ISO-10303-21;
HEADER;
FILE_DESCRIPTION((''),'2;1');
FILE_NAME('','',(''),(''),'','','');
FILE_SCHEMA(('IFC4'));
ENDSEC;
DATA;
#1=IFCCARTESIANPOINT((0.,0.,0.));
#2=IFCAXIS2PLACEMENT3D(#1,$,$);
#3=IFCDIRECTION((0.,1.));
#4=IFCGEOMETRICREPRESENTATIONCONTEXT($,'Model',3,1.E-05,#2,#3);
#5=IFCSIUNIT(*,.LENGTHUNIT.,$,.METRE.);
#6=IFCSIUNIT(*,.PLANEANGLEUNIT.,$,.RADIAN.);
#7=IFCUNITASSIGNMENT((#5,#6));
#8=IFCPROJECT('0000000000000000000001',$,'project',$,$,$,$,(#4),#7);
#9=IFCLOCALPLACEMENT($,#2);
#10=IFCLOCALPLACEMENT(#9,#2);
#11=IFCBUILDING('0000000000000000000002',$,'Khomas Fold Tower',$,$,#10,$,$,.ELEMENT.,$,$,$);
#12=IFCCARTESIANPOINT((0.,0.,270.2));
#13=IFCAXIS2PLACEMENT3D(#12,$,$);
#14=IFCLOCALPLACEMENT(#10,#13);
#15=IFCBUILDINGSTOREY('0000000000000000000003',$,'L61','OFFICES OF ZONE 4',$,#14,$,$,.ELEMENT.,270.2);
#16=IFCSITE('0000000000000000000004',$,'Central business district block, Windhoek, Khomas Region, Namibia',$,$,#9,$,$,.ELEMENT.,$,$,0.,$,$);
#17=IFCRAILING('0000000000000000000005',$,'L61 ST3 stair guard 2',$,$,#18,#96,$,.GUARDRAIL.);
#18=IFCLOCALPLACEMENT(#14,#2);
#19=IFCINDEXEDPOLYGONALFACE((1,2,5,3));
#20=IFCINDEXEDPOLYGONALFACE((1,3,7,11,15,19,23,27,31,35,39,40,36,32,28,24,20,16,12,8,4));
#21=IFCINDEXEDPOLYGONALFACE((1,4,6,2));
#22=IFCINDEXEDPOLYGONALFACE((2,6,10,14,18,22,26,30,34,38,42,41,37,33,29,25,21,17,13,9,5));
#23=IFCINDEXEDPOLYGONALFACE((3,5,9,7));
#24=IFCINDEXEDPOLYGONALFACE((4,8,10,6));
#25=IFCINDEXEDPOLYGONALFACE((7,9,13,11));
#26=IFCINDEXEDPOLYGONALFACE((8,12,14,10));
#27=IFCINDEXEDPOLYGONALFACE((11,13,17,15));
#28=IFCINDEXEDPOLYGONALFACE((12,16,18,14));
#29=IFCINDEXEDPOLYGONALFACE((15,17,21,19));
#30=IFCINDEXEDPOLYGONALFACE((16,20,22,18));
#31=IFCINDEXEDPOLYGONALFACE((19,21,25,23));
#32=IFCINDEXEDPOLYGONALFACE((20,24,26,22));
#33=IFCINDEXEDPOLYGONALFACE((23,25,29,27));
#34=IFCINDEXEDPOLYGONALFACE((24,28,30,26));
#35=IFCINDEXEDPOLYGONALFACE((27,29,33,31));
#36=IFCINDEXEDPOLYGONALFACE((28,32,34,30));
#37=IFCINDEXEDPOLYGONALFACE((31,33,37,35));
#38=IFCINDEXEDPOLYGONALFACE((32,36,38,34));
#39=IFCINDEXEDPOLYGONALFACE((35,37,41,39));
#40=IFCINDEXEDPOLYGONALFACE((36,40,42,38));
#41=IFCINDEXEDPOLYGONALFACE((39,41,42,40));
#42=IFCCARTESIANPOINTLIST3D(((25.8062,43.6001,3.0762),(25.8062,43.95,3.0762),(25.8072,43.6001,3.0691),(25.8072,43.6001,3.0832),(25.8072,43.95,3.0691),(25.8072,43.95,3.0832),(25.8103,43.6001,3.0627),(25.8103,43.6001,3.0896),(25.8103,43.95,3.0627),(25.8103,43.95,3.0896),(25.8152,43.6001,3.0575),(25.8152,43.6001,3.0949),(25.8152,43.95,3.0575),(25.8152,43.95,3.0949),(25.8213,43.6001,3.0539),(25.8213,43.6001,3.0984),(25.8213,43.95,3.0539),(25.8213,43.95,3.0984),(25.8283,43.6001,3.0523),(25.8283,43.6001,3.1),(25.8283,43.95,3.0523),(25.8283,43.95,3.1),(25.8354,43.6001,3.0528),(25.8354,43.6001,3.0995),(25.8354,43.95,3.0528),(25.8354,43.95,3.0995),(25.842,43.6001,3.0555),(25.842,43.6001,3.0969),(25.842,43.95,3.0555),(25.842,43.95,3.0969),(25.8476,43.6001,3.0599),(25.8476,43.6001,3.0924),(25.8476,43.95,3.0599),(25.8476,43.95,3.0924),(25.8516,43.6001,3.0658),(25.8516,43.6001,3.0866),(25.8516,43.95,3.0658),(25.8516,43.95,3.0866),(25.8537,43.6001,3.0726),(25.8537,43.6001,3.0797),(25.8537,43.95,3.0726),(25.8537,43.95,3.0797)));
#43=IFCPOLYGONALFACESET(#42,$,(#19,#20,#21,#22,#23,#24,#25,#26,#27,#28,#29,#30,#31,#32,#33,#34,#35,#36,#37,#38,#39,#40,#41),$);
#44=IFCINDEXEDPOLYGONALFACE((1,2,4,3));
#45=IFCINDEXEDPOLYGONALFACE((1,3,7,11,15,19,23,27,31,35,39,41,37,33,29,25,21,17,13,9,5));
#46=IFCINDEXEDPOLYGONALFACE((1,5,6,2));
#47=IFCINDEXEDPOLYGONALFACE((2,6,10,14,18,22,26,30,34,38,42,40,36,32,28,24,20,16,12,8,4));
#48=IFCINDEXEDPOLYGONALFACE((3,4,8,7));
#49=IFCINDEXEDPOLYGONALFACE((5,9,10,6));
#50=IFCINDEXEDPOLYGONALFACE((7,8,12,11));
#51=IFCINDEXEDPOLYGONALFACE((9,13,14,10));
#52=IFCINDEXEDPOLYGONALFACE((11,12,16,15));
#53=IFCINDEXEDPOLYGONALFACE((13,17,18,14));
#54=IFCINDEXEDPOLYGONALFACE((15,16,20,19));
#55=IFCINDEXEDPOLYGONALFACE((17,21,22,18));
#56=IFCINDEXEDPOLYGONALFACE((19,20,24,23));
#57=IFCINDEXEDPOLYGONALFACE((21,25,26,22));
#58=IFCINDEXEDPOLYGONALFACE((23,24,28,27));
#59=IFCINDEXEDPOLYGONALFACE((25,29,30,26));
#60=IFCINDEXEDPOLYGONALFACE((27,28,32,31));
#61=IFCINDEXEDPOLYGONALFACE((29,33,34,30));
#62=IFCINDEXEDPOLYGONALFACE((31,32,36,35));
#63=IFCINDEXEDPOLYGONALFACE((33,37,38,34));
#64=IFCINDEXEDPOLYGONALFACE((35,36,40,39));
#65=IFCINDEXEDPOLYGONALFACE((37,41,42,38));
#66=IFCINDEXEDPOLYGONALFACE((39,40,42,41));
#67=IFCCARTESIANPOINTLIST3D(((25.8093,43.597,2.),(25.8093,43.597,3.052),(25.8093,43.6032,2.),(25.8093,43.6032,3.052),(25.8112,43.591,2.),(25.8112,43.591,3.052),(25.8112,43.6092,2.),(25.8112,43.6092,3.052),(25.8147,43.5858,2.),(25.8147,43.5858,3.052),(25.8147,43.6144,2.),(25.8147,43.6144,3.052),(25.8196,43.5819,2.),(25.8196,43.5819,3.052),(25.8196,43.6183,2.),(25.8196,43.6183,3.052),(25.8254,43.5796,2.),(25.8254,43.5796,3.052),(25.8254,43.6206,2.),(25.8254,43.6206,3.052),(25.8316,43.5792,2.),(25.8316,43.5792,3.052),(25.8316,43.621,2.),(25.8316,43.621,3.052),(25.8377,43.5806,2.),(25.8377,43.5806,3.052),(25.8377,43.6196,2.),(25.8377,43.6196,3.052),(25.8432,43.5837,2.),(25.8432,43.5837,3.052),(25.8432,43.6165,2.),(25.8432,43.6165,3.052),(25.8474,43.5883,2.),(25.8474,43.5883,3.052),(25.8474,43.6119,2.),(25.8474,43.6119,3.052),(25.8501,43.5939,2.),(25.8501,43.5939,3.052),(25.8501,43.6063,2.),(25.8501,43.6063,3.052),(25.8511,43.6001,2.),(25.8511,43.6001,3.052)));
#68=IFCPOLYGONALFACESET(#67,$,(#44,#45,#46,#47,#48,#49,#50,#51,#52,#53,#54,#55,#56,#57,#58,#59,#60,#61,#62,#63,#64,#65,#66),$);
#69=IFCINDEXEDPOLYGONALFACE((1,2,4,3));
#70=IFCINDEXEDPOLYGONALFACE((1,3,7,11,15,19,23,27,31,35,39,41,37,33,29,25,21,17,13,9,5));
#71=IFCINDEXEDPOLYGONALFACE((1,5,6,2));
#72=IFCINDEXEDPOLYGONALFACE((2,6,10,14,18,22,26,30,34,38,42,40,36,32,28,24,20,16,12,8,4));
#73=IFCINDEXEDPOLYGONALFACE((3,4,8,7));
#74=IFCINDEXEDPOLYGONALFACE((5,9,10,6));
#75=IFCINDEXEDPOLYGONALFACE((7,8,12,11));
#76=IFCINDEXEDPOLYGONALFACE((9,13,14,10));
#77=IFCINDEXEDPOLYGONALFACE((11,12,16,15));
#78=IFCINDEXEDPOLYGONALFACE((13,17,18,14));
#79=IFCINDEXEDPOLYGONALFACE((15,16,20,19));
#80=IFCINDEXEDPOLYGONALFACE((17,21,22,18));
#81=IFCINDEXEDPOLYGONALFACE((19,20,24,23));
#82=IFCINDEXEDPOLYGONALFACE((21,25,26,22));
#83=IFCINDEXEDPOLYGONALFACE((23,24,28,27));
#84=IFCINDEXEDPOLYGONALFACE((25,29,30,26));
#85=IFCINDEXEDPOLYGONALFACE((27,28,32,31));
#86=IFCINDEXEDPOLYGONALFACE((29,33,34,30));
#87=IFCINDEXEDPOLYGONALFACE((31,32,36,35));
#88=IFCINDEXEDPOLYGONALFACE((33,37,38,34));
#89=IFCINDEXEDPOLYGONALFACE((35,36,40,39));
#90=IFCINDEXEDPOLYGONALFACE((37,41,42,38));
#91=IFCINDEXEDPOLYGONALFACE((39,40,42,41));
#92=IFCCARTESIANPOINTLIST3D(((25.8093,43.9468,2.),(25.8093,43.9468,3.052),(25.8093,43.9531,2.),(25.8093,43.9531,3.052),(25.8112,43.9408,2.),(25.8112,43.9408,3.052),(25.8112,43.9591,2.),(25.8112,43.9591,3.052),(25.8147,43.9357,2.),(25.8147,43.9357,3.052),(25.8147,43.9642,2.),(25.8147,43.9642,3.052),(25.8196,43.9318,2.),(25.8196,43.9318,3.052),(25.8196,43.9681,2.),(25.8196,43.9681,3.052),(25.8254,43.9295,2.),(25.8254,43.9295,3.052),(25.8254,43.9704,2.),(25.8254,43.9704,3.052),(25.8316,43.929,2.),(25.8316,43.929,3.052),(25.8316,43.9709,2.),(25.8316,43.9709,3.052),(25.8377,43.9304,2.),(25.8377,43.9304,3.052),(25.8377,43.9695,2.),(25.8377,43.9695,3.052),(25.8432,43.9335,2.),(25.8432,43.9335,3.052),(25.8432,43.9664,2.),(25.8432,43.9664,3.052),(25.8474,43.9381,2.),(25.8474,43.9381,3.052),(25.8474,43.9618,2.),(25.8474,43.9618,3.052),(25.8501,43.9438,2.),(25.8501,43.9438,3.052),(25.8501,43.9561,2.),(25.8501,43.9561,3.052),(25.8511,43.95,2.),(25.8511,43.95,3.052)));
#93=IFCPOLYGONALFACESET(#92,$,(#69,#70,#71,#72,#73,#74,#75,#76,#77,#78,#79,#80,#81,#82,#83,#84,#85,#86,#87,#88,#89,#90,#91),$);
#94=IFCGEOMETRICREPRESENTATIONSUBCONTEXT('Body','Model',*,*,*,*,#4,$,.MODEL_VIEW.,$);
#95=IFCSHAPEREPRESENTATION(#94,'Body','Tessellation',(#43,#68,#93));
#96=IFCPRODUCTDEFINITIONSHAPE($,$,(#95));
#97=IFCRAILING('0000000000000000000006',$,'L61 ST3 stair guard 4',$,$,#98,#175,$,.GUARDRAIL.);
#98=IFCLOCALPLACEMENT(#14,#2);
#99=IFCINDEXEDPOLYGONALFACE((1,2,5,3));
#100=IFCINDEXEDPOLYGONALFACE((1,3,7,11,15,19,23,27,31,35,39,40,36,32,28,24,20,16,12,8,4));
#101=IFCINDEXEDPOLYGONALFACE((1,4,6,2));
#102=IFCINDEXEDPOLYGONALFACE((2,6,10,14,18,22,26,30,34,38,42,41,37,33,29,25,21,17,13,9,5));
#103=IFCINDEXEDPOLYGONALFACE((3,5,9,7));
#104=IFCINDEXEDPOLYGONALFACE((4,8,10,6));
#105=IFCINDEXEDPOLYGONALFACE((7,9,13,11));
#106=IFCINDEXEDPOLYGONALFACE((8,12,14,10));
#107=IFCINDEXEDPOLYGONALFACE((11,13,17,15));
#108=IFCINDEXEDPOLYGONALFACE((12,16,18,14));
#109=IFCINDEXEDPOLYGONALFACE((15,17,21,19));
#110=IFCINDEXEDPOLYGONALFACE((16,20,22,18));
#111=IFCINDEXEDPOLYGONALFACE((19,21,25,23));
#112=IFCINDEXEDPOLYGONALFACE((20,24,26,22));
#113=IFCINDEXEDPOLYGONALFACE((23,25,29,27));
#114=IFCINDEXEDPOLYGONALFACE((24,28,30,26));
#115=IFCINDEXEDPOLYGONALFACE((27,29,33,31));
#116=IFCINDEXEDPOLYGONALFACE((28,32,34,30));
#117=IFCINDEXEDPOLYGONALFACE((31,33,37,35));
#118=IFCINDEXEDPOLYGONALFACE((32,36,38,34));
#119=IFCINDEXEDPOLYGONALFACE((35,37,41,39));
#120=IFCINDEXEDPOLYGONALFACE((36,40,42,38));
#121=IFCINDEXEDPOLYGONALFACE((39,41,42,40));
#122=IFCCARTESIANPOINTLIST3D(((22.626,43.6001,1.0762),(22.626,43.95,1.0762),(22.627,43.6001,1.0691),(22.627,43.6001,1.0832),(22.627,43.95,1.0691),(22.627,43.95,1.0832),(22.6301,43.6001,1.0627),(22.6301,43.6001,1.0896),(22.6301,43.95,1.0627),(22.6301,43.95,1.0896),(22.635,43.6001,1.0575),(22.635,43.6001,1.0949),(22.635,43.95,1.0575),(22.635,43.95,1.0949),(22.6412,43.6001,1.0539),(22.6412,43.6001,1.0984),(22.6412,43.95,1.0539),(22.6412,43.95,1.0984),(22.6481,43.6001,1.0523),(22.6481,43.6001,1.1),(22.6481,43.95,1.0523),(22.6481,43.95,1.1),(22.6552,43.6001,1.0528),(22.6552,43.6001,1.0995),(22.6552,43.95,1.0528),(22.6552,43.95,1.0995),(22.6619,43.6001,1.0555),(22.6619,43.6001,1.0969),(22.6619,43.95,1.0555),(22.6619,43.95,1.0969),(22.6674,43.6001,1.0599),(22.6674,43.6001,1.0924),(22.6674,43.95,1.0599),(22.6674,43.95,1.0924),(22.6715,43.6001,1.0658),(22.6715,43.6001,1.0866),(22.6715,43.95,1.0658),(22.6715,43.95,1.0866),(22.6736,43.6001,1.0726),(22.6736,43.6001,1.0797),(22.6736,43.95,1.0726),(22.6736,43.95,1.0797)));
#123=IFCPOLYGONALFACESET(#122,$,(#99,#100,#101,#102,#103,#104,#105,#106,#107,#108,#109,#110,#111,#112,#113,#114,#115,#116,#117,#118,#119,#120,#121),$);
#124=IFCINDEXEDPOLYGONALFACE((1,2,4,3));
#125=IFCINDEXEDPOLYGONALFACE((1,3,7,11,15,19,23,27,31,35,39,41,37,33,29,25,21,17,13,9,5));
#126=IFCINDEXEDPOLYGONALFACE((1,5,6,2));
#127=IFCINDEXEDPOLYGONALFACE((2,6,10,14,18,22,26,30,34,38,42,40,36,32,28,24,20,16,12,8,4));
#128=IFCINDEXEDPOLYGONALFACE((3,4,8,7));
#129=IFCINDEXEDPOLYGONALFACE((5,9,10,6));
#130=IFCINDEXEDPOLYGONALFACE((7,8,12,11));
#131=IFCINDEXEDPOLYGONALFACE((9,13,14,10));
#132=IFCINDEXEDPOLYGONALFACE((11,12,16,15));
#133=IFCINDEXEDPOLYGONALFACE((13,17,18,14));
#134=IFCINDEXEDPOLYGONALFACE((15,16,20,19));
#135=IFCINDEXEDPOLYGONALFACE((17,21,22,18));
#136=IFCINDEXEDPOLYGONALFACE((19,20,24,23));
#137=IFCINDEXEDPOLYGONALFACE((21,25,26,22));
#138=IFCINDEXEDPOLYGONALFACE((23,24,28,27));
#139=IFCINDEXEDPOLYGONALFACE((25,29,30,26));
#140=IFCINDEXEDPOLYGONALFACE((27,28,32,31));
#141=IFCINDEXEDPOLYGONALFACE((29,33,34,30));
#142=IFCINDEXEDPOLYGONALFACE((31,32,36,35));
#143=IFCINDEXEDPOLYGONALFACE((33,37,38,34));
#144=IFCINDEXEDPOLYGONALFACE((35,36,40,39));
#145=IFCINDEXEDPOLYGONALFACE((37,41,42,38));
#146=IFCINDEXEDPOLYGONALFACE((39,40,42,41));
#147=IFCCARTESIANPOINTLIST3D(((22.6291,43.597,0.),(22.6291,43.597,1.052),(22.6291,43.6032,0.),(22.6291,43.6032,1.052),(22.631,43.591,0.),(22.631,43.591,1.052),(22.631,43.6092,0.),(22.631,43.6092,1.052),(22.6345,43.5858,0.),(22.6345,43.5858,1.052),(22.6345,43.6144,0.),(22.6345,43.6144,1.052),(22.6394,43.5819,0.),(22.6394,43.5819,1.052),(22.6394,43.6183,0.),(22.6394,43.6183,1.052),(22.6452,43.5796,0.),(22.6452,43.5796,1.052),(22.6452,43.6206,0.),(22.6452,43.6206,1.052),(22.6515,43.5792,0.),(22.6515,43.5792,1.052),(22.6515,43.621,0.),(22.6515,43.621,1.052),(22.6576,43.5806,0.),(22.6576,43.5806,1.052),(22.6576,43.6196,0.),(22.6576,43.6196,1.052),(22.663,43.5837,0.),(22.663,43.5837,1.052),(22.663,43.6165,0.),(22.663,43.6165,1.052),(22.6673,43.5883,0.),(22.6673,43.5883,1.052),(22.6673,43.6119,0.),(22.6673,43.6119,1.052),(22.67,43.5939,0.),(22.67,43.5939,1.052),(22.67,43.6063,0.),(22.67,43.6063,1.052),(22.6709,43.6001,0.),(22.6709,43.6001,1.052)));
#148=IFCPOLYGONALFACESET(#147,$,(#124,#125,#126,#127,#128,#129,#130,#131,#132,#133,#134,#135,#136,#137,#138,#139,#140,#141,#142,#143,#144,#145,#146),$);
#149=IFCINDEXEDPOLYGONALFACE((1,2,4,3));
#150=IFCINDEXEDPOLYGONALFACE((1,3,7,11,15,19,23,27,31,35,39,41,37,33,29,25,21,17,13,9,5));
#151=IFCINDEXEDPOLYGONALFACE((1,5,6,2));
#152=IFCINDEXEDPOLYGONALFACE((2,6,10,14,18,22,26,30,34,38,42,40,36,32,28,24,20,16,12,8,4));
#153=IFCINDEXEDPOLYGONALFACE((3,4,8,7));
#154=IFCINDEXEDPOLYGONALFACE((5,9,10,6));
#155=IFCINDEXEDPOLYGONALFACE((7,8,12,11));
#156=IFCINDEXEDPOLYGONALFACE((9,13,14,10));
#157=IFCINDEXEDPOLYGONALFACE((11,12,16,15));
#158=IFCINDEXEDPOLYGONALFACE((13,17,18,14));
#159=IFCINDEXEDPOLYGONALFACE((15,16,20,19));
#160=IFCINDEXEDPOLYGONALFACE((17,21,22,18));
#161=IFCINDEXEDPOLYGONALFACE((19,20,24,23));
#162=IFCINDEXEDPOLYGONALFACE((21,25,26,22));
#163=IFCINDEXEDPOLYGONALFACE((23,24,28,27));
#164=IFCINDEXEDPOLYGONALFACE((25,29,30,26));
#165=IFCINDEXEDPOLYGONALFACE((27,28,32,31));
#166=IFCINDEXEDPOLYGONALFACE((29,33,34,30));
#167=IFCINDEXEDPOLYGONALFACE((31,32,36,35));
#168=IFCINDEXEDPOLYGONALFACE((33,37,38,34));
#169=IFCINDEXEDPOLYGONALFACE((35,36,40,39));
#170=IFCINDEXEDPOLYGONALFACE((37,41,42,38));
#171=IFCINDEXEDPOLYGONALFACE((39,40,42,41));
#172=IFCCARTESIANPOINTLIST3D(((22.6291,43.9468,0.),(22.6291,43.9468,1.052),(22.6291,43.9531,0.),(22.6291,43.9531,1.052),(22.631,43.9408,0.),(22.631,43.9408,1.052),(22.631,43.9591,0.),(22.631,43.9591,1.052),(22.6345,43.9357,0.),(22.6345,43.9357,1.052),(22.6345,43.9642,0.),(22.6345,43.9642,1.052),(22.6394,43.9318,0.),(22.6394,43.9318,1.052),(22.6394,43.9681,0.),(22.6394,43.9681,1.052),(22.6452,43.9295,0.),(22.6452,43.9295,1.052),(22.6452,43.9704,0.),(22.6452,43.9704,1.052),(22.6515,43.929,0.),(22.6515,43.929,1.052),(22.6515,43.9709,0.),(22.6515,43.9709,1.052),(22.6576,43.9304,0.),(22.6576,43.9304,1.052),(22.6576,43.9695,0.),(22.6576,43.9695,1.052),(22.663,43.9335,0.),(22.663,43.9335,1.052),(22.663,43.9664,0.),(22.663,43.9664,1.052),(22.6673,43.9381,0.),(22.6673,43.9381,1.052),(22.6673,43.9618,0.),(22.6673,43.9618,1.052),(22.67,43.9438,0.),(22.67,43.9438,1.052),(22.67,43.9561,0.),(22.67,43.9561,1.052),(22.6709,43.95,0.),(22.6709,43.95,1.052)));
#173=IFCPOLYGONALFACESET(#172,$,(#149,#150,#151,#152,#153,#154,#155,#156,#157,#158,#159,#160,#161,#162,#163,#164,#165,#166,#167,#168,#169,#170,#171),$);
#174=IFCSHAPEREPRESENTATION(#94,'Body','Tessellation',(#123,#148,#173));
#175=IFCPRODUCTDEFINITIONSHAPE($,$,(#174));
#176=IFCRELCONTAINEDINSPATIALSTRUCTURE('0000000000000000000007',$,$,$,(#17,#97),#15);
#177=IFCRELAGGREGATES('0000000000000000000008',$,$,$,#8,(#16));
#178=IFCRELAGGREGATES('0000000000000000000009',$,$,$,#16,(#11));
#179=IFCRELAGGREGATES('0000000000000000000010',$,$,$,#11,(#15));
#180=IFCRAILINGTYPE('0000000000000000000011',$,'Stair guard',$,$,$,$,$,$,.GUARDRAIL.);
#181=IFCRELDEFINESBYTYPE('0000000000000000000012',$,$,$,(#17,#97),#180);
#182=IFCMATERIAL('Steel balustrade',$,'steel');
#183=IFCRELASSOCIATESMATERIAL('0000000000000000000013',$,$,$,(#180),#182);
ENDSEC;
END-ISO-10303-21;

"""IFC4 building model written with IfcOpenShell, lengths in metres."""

from ifc_helpers import new_model, si_unit, direction, frame, origin, origin_2d, place, context, subcontext, project, spatial, circle, extrude, source, transform, mapped, material, type_object, element, save


model = new_model("IFC4")

# Units and contexts
model_context = context("Model", 3, precision=1e-05, world=origin(), true_north=direction((0.0, 1.0)))
body_context = subcontext(model_context, "Body", "Model", "MODEL_VIEW")
ifc_project = project(units=[si_unit("LENGTHUNIT", "METRE"), si_unit("PLANEANGLEUNIT", "RADIAN")], contexts=[model_context])

# Site, building, storey
site_placement = place(None, origin())
site = spatial("IfcSite", under=ifc_project, at=site_placement, Name="Central business district block, Windhoek, Khomas Region, Namibia", CompositionType="ELEMENT", RefElevation=0.0)
building_placement = place(site_placement, origin())
building = spatial("IfcBuilding", under=site, at=building_placement, Name="Khomas Fold Tower", CompositionType="ELEMENT")
storey_placement = place(building_placement, frame((0.0, 0.0, 270.2)))
storey = spatial("IfcBuildingStorey", under=building, at=storey_placement, Name="L61", Description="OFFICES OF ZONE 4", CompositionType="ELEMENT", Elevation=270.2)

# Railings
ifc_material_1 = material(Name="Steel balustrade", Category="steel")
railing_type_1 = type_object("IfcRailingType", Name="Stair guard", PredefinedType="GUARDRAIL", material=ifc_material_1)
shared_shape_1 = source(origin(), body_context, "Body", "SweptSolid", [
    extrude(circle(Radius=0.0239, at=origin_2d()), frame((0.0, 0.0, 1.0762), z_axis=(0.0, 1.0, 0.0), x_axis=(-1.0, 0.0, 0.0)), (0.0, 0.0, 1.0), 0.3499),
    extrude(circle(Radius=0.021, at=origin_2d()), origin(), (0.0, 0.0, 1.0), 1.052),
    extrude(circle(Radius=0.021, at=origin_2d()), frame((0.0, 0.3499, 0.0)), (0.0, 0.0, 1.0), 1.052),
])
for number, where, name in (
    (1, (25.8301, 43.6001, 2.0), "L61 ST3 stair guard 2"),
    (2, (22.6499, 43.6001, 0.0), "L61 ST3 stair guard 4"),
):
    element("IfcRailing", number, at=place(storey_placement, frame(where)), inside=storey, type_object=railing_type_1, Name=name, PredefinedType="GUARDRAIL", context=body_context, shape_type="MappedRepresentation", body=[
        mapped(shared_shape_1, transform((0.0, 0.0, 0.0))),
    ])

save(model, "model.ifc")
